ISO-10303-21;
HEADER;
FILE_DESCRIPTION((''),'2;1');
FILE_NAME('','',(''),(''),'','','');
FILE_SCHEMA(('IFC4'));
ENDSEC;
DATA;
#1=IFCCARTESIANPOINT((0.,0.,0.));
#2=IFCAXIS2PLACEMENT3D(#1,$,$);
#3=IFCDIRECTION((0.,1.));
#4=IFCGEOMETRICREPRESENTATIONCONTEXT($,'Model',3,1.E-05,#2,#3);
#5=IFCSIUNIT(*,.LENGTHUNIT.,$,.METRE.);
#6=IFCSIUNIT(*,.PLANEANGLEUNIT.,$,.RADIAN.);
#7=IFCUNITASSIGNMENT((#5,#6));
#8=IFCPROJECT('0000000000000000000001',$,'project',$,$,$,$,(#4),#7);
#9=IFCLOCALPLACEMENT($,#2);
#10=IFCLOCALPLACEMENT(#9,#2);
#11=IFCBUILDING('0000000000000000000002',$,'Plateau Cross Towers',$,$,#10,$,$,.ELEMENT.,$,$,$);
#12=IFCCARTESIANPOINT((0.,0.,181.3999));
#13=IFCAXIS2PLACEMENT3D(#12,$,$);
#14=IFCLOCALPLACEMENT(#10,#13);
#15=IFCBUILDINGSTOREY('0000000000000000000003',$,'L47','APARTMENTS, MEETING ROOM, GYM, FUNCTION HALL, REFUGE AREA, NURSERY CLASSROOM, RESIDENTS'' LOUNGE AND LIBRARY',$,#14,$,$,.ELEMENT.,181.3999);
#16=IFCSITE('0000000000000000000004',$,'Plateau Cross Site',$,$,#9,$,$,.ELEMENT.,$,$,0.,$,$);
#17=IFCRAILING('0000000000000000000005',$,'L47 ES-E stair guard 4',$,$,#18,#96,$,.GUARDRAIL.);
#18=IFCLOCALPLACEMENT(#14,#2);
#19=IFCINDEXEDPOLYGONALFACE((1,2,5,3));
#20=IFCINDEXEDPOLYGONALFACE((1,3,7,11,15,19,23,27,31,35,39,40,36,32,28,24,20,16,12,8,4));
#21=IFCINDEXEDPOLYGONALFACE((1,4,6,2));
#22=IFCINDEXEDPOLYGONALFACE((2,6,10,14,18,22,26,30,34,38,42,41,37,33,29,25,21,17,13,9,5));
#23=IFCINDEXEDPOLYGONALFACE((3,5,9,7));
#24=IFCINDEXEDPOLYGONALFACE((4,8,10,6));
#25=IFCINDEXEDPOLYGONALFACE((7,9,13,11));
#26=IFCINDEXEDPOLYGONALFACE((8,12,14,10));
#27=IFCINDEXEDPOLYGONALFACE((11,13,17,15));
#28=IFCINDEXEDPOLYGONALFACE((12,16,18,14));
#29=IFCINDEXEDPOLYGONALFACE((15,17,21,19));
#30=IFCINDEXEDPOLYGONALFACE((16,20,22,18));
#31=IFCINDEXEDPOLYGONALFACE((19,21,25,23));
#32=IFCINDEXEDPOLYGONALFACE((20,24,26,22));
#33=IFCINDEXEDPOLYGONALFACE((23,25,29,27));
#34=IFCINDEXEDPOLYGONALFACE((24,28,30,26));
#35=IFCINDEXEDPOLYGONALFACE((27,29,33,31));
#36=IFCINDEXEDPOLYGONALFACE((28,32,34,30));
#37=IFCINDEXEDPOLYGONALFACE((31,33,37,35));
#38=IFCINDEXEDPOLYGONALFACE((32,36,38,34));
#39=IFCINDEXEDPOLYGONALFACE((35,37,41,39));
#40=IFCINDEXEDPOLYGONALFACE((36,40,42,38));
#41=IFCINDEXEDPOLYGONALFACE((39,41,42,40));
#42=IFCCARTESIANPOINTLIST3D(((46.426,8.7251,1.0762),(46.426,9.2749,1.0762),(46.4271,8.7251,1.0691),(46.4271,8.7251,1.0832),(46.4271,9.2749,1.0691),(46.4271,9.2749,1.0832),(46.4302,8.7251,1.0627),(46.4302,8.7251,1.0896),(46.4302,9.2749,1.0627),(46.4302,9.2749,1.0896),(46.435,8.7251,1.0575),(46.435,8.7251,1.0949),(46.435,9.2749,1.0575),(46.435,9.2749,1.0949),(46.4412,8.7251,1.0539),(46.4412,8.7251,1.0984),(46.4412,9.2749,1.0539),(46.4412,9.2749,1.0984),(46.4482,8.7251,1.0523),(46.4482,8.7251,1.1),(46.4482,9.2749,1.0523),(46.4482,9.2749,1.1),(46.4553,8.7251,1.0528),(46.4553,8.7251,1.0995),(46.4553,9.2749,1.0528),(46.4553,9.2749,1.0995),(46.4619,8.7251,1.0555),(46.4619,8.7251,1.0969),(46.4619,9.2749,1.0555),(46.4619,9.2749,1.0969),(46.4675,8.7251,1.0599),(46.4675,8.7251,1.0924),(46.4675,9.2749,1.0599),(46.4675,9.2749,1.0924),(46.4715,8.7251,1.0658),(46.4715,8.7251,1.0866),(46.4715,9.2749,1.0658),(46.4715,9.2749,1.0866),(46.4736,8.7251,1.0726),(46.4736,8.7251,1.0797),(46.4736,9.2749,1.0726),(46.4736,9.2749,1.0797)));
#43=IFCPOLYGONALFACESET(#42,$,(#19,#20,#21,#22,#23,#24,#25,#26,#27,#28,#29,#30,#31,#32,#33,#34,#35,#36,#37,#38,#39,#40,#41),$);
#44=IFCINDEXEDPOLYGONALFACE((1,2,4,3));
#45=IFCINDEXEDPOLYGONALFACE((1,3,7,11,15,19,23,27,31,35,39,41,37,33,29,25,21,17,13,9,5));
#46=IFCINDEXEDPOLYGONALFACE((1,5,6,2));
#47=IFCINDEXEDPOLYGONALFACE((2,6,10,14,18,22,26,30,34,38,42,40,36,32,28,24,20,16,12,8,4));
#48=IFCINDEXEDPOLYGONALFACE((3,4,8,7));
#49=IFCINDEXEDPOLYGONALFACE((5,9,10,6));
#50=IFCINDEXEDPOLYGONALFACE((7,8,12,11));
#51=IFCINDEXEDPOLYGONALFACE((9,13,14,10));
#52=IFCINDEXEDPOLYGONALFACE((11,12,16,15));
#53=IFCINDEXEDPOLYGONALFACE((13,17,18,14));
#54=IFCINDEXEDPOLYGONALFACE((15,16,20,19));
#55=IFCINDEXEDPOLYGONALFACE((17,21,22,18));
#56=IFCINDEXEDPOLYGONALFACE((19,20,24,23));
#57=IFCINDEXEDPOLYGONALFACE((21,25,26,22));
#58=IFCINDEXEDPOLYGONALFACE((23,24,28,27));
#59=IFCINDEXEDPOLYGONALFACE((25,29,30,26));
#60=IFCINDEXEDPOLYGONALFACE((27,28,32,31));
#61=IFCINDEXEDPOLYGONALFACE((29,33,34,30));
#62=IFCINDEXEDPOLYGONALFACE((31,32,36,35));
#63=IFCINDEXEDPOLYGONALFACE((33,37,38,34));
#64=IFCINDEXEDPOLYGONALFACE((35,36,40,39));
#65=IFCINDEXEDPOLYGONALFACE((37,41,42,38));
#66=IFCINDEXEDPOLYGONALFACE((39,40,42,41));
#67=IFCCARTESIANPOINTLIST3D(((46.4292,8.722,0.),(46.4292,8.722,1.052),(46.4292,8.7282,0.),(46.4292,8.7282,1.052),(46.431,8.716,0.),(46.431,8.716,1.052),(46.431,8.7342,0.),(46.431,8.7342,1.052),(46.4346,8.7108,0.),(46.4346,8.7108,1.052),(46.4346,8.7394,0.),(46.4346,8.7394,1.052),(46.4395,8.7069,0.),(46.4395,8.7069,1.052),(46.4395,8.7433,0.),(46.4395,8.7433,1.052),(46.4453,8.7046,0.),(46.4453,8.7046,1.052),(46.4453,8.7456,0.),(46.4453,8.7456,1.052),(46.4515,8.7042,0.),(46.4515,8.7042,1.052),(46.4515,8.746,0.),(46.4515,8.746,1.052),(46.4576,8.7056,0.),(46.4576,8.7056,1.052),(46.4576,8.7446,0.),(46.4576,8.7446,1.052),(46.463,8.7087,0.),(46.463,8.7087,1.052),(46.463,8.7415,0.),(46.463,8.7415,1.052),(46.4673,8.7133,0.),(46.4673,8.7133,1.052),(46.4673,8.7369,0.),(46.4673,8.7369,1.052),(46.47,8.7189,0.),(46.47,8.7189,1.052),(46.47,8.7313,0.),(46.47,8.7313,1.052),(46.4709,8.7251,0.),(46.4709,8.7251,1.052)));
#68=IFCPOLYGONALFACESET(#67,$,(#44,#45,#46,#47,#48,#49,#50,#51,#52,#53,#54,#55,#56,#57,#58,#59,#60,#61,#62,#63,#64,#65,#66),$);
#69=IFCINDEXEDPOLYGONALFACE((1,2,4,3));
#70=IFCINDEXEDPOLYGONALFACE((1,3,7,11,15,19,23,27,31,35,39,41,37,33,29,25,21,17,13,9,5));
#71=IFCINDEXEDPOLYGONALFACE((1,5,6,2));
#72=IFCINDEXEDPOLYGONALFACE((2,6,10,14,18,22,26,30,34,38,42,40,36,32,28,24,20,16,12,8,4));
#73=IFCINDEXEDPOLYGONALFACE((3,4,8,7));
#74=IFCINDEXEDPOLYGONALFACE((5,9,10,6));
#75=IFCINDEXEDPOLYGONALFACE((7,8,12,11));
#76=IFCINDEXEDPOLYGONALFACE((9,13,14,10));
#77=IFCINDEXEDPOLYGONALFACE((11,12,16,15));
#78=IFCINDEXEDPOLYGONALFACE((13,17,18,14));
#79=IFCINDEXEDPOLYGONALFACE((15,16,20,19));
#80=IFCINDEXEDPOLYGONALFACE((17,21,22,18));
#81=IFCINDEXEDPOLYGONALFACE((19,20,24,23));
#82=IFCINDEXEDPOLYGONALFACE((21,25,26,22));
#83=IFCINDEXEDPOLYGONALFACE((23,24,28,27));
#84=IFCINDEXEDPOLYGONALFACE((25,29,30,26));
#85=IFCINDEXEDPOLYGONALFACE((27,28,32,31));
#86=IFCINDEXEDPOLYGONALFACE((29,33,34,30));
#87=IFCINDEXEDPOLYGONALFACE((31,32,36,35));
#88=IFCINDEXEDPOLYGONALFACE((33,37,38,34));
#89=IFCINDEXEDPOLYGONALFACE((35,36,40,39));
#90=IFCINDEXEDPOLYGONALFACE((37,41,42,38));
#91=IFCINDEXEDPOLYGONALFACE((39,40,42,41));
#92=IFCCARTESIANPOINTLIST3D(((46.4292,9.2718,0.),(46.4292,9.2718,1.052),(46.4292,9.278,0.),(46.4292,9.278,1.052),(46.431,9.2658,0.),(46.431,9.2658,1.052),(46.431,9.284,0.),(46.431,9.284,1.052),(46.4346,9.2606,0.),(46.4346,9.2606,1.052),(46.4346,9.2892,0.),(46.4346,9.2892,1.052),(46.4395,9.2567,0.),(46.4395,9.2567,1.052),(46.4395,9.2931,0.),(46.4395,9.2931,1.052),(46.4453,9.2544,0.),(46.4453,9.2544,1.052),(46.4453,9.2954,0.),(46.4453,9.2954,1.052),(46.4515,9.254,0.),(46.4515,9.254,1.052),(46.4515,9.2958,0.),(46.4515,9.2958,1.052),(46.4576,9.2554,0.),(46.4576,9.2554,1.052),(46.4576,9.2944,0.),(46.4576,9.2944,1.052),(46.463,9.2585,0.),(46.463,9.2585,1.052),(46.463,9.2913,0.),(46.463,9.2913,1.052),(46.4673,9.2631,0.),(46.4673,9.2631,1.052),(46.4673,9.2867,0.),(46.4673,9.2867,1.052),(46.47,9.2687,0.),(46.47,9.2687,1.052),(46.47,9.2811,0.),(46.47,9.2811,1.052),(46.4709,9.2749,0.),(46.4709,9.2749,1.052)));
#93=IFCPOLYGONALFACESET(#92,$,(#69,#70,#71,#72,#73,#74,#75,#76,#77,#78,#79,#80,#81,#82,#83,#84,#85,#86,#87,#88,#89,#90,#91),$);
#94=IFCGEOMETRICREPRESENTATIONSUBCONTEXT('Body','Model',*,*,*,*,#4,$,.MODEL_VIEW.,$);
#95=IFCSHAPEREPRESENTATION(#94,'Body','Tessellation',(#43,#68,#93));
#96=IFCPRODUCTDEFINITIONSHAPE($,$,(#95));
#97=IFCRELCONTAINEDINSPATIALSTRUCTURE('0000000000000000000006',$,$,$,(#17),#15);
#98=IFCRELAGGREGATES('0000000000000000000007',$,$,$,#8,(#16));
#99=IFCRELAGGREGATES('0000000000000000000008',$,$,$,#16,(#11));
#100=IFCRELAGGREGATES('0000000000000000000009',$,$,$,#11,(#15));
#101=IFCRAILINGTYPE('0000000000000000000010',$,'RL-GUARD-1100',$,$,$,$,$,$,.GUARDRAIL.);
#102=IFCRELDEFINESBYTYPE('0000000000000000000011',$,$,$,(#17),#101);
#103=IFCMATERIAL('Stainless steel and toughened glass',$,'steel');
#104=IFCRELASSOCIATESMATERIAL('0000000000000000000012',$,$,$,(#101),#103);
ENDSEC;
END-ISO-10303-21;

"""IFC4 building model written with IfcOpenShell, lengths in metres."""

from ifc_helpers import new_model, si_unit, direction, frame, origin, origin_2d, place, context, subcontext, project, spatial, circle, extrude, material, type_object, element, save


model = new_model("IFC4")

# Units and contexts
model_context = context("Model", 3, precision=1e-05, world=origin(), true_north=direction((0.0, 1.0)))
body_context = subcontext(model_context, "Body", "Model", "MODEL_VIEW")
ifc_project = project(units=[si_unit("LENGTHUNIT", "METRE"), si_unit("PLANEANGLEUNIT", "RADIAN")], contexts=[model_context])

# Site, building, storey
site_placement = place(None, origin())
site = spatial("IfcSite", under=ifc_project, at=site_placement, Name="Plateau Cross Site", CompositionType="ELEMENT", RefElevation=0.0)
building_placement = place(site_placement, origin())
building = spatial("IfcBuilding", under=site, at=building_placement, Name="Plateau Cross Towers", CompositionType="ELEMENT")
storey_placement = place(building_placement, frame((0.0, 0.0, 181.3999)))
storey = spatial("IfcBuildingStorey", under=building, at=storey_placement, Name="L47", Description="APARTMENTS, MEETING ROOM, GYM, FUNCTION HALL, REFUGE AREA, NURSERY CLASSROOM, RESIDENTS' LOUNGE AND LIBRARY", CompositionType="ELEMENT", Elevation=181.3999)

# Railing
ifc_material_1 = material(Name="Stainless steel and toughened glass", Category="steel")
railing_type_1 = type_object("IfcRailingType", Name="RL-GUARD-1100", PredefinedType="GUARDRAIL", material=ifc_material_1)
railing_1_placement = place(storey_placement, frame((46.45, 8.7251, 0.0)))
element("IfcRailing", 1, at=railing_1_placement, inside=storey, type_object=railing_type_1, Name="L47 ES-E stair guard 4", PredefinedType="GUARDRAIL", context=body_context, shape_type="SweptSolid", body=[
    extrude(circle(Radius=0.0239, at=origin_2d()), frame((0.0, 0.0, 1.0762), z_axis=(0.0, 1.0, 0.0), x_axis=(-1.0, 0.0, 0.0)), (0.0, 0.0, 1.0), 0.5498),
    extrude(circle(Radius=0.021, at=origin_2d()), origin(), (0.0, 0.0, 1.0), 1.052),
    extrude(circle(Radius=0.021, at=origin_2d()), frame((0.0, 0.5498, 0.0)), (0.0, 0.0, 1.0), 1.052),
])

save(model, "model.ifc")
